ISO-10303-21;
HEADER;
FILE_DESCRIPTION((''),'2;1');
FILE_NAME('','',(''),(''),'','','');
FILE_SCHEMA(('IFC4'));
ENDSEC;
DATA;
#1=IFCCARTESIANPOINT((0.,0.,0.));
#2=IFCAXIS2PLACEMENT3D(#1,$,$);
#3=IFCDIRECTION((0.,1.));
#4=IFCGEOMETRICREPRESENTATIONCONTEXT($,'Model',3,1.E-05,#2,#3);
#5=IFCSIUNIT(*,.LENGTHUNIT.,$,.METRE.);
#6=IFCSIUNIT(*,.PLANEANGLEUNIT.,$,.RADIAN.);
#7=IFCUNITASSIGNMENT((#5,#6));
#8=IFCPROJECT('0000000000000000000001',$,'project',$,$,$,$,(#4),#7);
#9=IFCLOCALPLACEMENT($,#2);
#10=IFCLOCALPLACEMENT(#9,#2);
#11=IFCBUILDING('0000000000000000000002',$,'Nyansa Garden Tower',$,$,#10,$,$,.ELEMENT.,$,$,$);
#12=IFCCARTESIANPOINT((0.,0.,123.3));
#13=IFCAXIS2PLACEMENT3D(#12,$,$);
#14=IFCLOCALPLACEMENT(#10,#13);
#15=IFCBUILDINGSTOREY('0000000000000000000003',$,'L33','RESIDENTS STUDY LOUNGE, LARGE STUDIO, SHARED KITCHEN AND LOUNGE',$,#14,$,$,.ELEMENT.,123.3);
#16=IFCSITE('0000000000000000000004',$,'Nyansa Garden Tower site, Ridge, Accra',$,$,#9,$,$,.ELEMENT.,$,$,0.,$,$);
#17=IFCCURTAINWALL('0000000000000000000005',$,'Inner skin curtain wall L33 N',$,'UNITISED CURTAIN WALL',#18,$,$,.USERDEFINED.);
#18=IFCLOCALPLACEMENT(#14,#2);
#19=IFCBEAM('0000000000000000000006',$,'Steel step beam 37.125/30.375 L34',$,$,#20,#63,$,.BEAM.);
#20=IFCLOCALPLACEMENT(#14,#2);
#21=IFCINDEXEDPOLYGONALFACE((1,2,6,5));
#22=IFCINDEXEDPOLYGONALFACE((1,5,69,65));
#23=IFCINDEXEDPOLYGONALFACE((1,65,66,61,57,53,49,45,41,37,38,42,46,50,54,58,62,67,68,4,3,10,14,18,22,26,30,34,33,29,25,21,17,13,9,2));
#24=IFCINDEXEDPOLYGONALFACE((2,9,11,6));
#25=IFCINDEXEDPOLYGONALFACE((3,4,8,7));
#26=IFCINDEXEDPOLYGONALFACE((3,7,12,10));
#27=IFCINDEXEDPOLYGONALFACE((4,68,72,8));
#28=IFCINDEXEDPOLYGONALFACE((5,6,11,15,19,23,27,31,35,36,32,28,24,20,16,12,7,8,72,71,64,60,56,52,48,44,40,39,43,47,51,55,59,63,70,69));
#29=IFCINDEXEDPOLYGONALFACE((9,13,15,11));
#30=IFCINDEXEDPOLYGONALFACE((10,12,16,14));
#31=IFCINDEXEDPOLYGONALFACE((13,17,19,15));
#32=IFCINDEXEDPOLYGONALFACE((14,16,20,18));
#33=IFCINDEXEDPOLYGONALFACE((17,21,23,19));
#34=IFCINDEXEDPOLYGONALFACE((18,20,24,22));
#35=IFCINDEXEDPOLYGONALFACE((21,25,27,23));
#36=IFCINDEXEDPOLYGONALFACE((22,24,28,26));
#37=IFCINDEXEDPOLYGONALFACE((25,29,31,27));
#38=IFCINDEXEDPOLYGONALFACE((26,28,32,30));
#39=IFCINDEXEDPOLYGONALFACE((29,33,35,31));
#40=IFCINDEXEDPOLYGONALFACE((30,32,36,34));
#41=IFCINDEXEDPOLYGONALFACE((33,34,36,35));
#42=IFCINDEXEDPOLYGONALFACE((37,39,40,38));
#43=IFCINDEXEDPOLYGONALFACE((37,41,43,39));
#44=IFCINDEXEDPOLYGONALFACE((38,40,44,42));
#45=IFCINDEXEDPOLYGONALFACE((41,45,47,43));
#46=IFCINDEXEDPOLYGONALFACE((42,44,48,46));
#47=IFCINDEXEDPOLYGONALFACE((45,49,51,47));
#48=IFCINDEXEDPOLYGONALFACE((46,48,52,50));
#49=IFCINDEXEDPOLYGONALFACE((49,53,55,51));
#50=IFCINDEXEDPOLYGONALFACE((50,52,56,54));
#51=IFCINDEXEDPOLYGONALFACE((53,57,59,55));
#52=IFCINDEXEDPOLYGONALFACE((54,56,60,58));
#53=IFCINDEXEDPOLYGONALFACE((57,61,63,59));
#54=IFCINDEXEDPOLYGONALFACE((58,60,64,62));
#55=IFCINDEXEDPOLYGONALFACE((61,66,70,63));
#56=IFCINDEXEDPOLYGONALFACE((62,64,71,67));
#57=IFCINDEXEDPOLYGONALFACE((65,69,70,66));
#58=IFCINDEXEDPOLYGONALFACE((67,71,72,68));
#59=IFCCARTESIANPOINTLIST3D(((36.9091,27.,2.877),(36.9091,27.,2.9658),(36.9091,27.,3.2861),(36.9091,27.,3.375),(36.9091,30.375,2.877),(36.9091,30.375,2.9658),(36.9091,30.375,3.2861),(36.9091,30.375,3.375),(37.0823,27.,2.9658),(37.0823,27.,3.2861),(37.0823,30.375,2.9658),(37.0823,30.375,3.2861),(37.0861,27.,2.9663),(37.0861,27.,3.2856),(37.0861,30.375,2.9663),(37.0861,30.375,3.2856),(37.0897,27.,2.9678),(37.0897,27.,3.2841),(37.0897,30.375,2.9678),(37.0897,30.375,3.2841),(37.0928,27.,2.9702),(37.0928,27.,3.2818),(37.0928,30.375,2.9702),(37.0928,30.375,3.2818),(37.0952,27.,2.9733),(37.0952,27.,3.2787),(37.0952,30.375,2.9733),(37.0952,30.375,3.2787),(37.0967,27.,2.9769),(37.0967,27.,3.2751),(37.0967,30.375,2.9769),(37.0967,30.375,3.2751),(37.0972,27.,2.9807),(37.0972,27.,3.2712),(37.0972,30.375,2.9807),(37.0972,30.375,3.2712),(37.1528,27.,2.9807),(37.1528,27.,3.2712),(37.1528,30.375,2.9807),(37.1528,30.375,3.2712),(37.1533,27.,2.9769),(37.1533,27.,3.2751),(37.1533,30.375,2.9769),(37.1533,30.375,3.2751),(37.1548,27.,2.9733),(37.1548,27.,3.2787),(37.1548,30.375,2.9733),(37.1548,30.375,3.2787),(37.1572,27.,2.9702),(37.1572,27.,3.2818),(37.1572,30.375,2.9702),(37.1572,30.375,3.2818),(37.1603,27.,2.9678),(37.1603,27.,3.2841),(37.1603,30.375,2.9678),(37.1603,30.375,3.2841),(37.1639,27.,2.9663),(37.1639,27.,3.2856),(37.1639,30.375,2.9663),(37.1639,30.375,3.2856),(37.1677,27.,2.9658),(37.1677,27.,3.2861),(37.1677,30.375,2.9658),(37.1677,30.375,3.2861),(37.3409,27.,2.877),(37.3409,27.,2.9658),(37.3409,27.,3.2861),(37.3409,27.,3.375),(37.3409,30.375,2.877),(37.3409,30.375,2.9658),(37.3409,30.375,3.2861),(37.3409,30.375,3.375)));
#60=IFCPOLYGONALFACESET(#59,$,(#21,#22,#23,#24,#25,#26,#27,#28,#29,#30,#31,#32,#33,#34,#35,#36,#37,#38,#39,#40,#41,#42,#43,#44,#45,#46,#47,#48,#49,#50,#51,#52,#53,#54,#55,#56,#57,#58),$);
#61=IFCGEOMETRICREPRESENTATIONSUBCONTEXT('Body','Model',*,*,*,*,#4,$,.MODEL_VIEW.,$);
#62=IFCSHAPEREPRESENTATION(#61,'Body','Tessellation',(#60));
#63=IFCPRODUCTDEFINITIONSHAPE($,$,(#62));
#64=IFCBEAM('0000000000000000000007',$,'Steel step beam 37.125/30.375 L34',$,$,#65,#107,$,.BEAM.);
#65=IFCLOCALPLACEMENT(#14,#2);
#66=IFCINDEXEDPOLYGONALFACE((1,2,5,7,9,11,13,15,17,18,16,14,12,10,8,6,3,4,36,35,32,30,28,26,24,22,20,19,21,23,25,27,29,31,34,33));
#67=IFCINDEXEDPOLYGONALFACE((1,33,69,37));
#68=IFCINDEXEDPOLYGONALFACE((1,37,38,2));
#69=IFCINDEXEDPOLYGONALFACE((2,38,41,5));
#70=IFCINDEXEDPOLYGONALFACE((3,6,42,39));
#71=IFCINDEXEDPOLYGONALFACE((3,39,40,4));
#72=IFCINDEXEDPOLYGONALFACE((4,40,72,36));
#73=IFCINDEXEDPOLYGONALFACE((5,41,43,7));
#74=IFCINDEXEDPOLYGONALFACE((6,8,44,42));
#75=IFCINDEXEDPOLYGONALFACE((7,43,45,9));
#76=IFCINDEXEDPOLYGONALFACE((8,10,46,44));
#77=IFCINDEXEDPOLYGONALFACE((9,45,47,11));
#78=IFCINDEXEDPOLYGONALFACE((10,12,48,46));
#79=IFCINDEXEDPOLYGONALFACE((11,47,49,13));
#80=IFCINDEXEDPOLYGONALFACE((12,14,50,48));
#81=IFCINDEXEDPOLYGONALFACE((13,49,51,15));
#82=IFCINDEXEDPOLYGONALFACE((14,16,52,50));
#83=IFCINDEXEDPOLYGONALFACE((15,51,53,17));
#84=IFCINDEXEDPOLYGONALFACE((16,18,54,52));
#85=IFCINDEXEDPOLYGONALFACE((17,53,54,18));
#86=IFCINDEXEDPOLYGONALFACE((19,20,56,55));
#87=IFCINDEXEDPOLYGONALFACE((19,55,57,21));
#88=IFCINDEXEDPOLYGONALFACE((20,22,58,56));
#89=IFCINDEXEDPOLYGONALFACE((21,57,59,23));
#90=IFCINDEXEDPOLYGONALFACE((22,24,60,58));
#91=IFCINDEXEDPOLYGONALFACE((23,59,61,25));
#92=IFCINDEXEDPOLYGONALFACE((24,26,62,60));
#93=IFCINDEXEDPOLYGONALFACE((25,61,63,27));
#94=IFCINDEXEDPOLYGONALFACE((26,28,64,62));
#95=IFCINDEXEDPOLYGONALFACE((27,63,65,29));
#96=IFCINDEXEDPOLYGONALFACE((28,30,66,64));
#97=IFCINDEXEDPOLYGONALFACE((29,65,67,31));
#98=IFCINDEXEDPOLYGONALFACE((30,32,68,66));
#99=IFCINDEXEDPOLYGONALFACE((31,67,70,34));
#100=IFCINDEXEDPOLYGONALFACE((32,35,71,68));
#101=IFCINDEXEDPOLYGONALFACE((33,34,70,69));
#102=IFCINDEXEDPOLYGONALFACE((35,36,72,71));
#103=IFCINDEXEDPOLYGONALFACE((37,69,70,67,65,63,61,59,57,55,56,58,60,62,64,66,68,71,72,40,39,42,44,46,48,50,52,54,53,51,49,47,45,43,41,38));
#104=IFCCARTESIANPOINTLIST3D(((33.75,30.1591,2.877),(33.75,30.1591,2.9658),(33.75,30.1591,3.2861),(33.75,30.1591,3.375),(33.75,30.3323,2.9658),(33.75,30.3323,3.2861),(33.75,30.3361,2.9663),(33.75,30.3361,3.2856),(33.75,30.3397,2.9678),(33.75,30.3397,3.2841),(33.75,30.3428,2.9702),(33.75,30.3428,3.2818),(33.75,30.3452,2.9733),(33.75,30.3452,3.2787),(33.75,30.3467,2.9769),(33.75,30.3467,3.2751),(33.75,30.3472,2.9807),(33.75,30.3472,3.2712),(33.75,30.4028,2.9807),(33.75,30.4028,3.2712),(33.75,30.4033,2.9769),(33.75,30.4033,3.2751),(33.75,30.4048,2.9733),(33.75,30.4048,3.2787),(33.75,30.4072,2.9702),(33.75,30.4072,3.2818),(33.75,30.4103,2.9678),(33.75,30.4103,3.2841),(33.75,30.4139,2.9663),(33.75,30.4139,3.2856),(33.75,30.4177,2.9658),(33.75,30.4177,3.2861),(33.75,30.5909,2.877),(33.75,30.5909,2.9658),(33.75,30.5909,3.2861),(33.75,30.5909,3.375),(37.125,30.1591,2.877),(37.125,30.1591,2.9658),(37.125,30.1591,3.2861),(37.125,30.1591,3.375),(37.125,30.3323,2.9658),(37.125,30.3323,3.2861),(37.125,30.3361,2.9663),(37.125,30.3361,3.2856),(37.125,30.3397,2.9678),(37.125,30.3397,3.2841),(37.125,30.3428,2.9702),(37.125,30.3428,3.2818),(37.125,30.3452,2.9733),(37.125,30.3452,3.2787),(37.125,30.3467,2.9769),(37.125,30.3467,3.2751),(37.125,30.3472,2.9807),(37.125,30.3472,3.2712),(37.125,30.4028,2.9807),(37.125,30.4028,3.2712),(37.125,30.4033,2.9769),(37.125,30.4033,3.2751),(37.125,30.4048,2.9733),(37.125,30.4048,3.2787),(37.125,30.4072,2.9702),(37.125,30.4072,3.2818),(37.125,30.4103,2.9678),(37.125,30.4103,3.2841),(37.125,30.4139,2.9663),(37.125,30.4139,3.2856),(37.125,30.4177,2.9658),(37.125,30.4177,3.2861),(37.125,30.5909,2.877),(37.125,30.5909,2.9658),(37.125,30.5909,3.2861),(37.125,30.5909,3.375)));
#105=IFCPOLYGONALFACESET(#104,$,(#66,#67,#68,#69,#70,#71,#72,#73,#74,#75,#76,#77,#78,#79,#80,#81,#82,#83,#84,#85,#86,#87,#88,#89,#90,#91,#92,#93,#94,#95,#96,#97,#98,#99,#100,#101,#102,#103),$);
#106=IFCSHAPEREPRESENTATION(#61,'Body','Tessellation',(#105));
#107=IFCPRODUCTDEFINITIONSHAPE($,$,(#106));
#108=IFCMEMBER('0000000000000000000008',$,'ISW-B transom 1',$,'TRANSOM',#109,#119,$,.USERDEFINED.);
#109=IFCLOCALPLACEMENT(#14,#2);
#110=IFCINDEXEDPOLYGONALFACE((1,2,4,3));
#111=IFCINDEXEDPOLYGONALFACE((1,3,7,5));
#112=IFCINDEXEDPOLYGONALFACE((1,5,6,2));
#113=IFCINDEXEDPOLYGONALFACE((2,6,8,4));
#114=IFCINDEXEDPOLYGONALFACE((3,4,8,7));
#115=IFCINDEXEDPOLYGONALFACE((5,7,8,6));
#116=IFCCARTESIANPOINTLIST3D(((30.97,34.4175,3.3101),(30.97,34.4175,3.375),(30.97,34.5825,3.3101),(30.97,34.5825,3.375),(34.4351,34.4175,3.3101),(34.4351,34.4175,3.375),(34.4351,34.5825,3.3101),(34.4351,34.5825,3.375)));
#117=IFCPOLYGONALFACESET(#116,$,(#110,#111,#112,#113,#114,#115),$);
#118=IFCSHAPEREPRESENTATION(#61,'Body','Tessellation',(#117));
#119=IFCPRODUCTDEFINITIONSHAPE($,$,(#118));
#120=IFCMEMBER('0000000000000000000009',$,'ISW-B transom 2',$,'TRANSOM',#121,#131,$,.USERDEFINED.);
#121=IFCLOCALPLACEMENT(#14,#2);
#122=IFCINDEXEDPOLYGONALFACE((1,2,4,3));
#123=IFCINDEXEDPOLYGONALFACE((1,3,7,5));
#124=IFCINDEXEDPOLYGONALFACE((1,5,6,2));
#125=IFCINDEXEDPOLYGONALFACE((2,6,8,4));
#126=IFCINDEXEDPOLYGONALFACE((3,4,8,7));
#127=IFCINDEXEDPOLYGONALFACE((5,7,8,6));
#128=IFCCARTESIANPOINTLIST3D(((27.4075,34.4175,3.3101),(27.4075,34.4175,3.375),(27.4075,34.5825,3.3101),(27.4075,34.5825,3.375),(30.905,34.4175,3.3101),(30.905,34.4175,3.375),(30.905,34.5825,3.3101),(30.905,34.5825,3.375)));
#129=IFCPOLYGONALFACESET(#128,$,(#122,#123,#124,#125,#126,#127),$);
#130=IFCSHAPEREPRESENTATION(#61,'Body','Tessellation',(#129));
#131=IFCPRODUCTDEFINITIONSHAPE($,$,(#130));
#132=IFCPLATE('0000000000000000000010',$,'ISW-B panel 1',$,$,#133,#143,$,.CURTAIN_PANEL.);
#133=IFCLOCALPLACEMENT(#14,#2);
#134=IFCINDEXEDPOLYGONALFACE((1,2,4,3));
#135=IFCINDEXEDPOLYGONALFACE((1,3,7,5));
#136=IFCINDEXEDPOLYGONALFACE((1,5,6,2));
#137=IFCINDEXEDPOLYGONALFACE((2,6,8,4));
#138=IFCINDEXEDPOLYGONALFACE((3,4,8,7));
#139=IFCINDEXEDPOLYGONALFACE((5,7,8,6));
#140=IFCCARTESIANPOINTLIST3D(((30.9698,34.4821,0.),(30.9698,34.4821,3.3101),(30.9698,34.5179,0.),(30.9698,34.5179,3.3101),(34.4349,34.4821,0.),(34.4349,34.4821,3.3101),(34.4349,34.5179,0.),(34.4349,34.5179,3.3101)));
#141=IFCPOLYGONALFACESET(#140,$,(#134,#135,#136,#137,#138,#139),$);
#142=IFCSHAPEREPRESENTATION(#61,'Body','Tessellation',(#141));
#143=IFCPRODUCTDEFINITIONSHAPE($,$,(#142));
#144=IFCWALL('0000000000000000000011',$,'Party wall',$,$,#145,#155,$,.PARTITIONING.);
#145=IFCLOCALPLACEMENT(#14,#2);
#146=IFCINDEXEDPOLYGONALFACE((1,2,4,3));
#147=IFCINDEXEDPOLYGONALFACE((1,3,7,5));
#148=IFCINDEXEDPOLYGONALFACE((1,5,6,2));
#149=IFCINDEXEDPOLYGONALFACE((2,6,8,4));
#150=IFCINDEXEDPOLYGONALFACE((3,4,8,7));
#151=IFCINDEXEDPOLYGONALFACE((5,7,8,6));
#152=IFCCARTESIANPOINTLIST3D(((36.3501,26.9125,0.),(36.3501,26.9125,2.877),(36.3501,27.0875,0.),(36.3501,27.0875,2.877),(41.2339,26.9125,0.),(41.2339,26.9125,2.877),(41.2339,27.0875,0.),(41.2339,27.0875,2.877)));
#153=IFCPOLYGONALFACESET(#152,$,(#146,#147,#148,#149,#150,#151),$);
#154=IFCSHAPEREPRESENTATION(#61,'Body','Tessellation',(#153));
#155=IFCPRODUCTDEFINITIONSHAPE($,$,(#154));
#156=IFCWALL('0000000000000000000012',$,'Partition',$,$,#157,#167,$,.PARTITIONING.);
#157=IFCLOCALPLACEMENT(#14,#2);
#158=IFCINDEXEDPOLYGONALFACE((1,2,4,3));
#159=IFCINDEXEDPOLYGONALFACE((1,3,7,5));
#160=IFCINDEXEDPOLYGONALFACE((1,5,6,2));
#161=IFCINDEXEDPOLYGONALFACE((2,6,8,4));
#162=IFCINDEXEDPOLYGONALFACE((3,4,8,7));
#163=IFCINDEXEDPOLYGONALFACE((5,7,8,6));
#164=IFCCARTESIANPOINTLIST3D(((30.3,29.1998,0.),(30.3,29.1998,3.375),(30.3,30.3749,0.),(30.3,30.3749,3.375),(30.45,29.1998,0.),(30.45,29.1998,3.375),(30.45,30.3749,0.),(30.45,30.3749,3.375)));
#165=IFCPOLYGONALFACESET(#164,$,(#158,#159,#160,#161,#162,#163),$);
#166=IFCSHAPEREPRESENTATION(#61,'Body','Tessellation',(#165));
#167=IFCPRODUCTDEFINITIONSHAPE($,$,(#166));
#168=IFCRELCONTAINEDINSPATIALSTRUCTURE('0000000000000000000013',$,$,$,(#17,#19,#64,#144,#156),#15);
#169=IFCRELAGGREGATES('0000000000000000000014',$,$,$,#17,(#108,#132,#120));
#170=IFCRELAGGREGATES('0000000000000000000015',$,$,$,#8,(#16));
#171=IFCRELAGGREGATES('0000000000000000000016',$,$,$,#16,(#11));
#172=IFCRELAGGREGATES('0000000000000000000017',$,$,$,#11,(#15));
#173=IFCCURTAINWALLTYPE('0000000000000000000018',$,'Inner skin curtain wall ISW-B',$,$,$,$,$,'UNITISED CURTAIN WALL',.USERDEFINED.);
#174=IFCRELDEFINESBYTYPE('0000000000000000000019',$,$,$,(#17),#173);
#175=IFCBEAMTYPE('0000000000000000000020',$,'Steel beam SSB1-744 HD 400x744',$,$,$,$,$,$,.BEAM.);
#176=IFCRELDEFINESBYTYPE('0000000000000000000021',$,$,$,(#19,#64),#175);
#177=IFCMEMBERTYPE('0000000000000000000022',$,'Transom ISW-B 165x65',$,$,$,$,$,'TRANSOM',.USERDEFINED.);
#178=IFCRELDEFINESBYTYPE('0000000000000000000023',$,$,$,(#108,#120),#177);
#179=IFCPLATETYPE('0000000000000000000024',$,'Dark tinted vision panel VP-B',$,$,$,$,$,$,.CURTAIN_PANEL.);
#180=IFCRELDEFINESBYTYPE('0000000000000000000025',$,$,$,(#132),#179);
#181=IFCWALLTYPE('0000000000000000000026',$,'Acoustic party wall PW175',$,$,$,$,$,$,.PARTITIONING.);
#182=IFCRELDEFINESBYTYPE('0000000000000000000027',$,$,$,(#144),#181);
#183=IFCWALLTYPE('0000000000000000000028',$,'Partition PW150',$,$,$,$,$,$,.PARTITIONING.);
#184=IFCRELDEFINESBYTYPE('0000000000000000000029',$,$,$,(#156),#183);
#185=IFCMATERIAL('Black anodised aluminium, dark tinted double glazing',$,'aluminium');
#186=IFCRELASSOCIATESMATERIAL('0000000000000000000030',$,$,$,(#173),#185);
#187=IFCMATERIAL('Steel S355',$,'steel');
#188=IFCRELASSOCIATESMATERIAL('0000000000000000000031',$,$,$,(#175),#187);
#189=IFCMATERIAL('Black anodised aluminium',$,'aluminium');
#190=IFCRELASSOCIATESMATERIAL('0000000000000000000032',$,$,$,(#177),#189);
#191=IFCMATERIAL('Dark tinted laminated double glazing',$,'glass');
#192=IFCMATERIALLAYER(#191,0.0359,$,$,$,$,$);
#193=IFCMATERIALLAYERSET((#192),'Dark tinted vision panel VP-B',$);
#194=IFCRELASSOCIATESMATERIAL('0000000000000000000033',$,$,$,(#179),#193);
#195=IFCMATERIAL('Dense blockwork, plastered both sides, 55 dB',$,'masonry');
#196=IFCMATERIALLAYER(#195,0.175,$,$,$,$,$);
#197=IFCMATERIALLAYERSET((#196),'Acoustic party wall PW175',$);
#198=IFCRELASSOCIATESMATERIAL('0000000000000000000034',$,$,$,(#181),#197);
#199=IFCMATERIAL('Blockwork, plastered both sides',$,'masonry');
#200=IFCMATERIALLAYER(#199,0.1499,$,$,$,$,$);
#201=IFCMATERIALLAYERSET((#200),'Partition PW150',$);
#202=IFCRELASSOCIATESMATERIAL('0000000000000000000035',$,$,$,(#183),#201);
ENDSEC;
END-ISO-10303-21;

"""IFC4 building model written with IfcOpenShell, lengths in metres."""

from ifc_helpers import new_model, si_unit, direction, frame, frame_2d, origin, origin_2d, place, context, subcontext, project, spatial, rectangle, i_section, extrude, material, layer, layer_set, material_profile, profile_set, type_object, element, aggregate, save


model = new_model("IFC4")

# Units and contexts
model_context = context("Model", 3, precision=1e-05, world=origin(), true_north=direction((0.0, 1.0)))
body_context = subcontext(model_context, "Body", "Model", "MODEL_VIEW")
ifc_project = project(units=[si_unit("LENGTHUNIT", "METRE"), si_unit("PLANEANGLEUNIT", "RADIAN")], contexts=[model_context])

# Site, building, storey
site_placement = place(None, origin())
site = spatial("IfcSite", under=ifc_project, at=site_placement, Name="Nyansa Garden Tower site, Ridge, Accra", CompositionType="ELEMENT", RefElevation=0.0)
building_placement = place(site_placement, origin())
building = spatial("IfcBuilding", under=site, at=building_placement, Name="Nyansa Garden Tower", CompositionType="ELEMENT")
storey_placement = place(building_placement, frame((0.0, 0.0, 123.3)))
storey = spatial("IfcBuildingStorey", under=building, at=storey_placement, Name="L33", Description="RESIDENTS STUDY LOUNGE, LARGE STUDIO, SHARED KITCHEN AND LOUNGE", CompositionType="ELEMENT", Elevation=123.3)

# Shared definitions
ifc_material_1 = material(Name="Black anodised aluminium, dark tinted double glazing", Category="aluminium")
curtain_wall_type = type_object("IfcCurtainWallType", Name="Inner skin curtain wall ISW-B", ElementType="UNITISED CURTAIN WALL", PredefinedType="USERDEFINED", material=ifc_material_1)

# Curtain wall
curtain_wall_1_placement = place(storey_placement, origin())
curtain_wall_1 = element("IfcCurtainWall", 1, at=curtain_wall_1_placement, inside=storey, type_object=curtain_wall_type, Name="Inner skin curtain wall L33 N", ObjectType="UNITISED CURTAIN WALL", PredefinedType="USERDEFINED")

# Beams
ifc_material_2 = material(Name="Steel S355", Category="steel")
ifc_material_profile_1 = material_profile(ifc_material_2, i_section(OverallWidth=0.4319, OverallDepth=0.498, WebThickness=0.0557, FlangeThickness=0.0889, FilletRadius=0.0149, at=origin_2d()), Name="HD 400x744")
ifc_profile_set_1 = profile_set([ifc_material_profile_1], Name="Steel S355")
beam_type_1 = type_object("IfcBeamType", Name="Steel beam SSB1-744 HD 400x744", PredefinedType="BEAM", material=ifc_profile_set_1)
for number, where, z_axis, x_axis, name in (
    (2, (37.125, 30.375, 3.126), (0.0, -1.0, 0.0), (1.0, 0.0, 0.0), "Steel step beam 37.125/30.375 L34"),
    (3, (37.125, 30.375, 3.126), (-1.0, 0.0, 0.0), (0.0, -1.0, 0.0), "Steel step beam 37.125/30.375 L34"),
):
    element("IfcBeam", number, at=place(storey_placement, frame(where, z_axis=z_axis, x_axis=x_axis)), inside=storey, type_object=beam_type_1, Name=name, PredefinedType="BEAM", context=body_context, shape_type="SweptSolid", body=[
        extrude(i_section(OverallWidth=0.4319, OverallDepth=0.498, WebThickness=0.0557, FlangeThickness=0.0889, FilletRadius=0.0149, at=origin_2d()), origin(), (0.0, 0.0, 1.0), 3.375),
    ])

# Members
ifc_material_3 = material(Name="Black anodised aluminium", Category="aluminium")
ifc_material_profile_2 = material_profile(ifc_material_3, rectangle(XDim=0.165, YDim=0.0649, at=origin_2d()), Name="Transom 165x65")
ifc_profile_set_2 = profile_set([ifc_material_profile_2], Name="Black anodised aluminium")
member_type_1 = type_object("IfcMemberType", Name="Transom ISW-B 165x65", ElementType="TRANSOM", PredefinedType="USERDEFINED", material=ifc_profile_set_2)
member_1_placement = place(storey_placement, frame((34.4351, 34.5, 3.3425), z_axis=(-1.0, 0.0, 0.0), x_axis=(0.0, -1.0, 0.0)))
member_1 = element("IfcMember", 4, at=member_1_placement, type_object=member_type_1, Name="ISW-B transom 1", ObjectType="TRANSOM", PredefinedType="USERDEFINED", context=body_context, shape_type="SweptSolid", body=[
    extrude(rectangle(XDim=0.165, YDim=0.0649, at=origin_2d()), origin(), (0.0, 0.0, 1.0), 3.4651),
])
member_2_placement = place(storey_placement, frame((30.905, 34.5, 3.3425), z_axis=(-1.0, 0.0, 0.0), x_axis=(0.0, -1.0, 0.0)))
member_2 = element("IfcMember", 5, at=member_2_placement, type_object=member_type_1, Name="ISW-B transom 2", ObjectType="TRANSOM", PredefinedType="USERDEFINED", context=body_context, shape_type="SweptSolid", body=[
    extrude(rectangle(XDim=0.165, YDim=0.0649, at=origin_2d()), origin(), (0.0, 0.0, 1.0), 3.4976),
])

# Plate
ifc_material_4 = material(Name="Dark tinted laminated double glazing", Category="glass")
ifc_layer_1 = layer(ifc_material_4, 0.0359)
ifc_layer_set_1 = layer_set([ifc_layer_1], Name="Dark tinted vision panel VP-B")
plate_type = type_object("IfcPlateType", Name="Dark tinted vision panel VP-B", PredefinedType="CURTAIN_PANEL", material=ifc_layer_set_1)
plate_placement = place(storey_placement, frame((32.7024, 34.5, 0.0), z_axis=(0.0, 0.0, 1.0), x_axis=(-1.0, 0.0, 0.0)))
plate = element("IfcPlate", 6, at=plate_placement, type_object=plate_type, Name="ISW-B panel 1", PredefinedType="CURTAIN_PANEL", context=body_context, shape_type="SweptSolid", body=[
    extrude(rectangle(XDim=3.4651, YDim=0.0359, at=origin_2d()), origin(), (0.0, 0.0, 1.0), 3.3101),
])
aggregate(curtain_wall_1, [member_1, plate, member_2])

# Walls
ifc_material_5 = material(Name="Dense blockwork, plastered both sides, 55 dB", Category="masonry")
ifc_layer_2 = layer(ifc_material_5, 0.175)
ifc_layer_set_2 = layer_set([ifc_layer_2], Name="Acoustic party wall PW175")
wall_type_1 = type_object("IfcWallType", Name="Acoustic party wall PW175", PredefinedType="PARTITIONING", material=ifc_layer_set_2)
wall_1_placement = place(storey_placement, frame((36.3501, 27.0, 0.0), z_axis=(0.0, 0.0, 1.0), x_axis=(1.0, 0.0, 0.0)))
element("IfcWall", 7, at=wall_1_placement, inside=storey, type_object=wall_type_1, Name="Party wall", PredefinedType="PARTITIONING", context=body_context, shape_type="SweptSolid", body=[
    extrude(rectangle(XDim=4.8838, YDim=0.175, at=frame_2d((2.4419, 0.0))), origin(), (0.0, 0.0, 1.0), 2.877),
])
ifc_material_6 = material(Name="Blockwork, plastered both sides", Category="masonry")
ifc_layer_3 = layer(ifc_material_6, 0.1499)
ifc_layer_set_3 = layer_set([ifc_layer_3], Name="Partition PW150")
wall_type_2 = type_object("IfcWallType", Name="Partition PW150", PredefinedType="PARTITIONING", material=ifc_layer_set_3)
wall_2_placement = place(storey_placement, frame((30.375, 29.2, 0.0), z_axis=(0.0, 0.0, 1.0), x_axis=(0.0, 1.0, 0.0)))
element("IfcWall", 8, at=wall_2_placement, inside=storey, type_object=wall_type_2, Name="Partition", PredefinedType="PARTITIONING", context=body_context, shape_type="SweptSolid", body=[
    extrude(rectangle(XDim=1.175, YDim=0.1499, at=frame_2d((0.5874, 0.0))), origin(), (0.0, 0.0, 1.0), 3.375),
])

save(model, "model.ifc")
